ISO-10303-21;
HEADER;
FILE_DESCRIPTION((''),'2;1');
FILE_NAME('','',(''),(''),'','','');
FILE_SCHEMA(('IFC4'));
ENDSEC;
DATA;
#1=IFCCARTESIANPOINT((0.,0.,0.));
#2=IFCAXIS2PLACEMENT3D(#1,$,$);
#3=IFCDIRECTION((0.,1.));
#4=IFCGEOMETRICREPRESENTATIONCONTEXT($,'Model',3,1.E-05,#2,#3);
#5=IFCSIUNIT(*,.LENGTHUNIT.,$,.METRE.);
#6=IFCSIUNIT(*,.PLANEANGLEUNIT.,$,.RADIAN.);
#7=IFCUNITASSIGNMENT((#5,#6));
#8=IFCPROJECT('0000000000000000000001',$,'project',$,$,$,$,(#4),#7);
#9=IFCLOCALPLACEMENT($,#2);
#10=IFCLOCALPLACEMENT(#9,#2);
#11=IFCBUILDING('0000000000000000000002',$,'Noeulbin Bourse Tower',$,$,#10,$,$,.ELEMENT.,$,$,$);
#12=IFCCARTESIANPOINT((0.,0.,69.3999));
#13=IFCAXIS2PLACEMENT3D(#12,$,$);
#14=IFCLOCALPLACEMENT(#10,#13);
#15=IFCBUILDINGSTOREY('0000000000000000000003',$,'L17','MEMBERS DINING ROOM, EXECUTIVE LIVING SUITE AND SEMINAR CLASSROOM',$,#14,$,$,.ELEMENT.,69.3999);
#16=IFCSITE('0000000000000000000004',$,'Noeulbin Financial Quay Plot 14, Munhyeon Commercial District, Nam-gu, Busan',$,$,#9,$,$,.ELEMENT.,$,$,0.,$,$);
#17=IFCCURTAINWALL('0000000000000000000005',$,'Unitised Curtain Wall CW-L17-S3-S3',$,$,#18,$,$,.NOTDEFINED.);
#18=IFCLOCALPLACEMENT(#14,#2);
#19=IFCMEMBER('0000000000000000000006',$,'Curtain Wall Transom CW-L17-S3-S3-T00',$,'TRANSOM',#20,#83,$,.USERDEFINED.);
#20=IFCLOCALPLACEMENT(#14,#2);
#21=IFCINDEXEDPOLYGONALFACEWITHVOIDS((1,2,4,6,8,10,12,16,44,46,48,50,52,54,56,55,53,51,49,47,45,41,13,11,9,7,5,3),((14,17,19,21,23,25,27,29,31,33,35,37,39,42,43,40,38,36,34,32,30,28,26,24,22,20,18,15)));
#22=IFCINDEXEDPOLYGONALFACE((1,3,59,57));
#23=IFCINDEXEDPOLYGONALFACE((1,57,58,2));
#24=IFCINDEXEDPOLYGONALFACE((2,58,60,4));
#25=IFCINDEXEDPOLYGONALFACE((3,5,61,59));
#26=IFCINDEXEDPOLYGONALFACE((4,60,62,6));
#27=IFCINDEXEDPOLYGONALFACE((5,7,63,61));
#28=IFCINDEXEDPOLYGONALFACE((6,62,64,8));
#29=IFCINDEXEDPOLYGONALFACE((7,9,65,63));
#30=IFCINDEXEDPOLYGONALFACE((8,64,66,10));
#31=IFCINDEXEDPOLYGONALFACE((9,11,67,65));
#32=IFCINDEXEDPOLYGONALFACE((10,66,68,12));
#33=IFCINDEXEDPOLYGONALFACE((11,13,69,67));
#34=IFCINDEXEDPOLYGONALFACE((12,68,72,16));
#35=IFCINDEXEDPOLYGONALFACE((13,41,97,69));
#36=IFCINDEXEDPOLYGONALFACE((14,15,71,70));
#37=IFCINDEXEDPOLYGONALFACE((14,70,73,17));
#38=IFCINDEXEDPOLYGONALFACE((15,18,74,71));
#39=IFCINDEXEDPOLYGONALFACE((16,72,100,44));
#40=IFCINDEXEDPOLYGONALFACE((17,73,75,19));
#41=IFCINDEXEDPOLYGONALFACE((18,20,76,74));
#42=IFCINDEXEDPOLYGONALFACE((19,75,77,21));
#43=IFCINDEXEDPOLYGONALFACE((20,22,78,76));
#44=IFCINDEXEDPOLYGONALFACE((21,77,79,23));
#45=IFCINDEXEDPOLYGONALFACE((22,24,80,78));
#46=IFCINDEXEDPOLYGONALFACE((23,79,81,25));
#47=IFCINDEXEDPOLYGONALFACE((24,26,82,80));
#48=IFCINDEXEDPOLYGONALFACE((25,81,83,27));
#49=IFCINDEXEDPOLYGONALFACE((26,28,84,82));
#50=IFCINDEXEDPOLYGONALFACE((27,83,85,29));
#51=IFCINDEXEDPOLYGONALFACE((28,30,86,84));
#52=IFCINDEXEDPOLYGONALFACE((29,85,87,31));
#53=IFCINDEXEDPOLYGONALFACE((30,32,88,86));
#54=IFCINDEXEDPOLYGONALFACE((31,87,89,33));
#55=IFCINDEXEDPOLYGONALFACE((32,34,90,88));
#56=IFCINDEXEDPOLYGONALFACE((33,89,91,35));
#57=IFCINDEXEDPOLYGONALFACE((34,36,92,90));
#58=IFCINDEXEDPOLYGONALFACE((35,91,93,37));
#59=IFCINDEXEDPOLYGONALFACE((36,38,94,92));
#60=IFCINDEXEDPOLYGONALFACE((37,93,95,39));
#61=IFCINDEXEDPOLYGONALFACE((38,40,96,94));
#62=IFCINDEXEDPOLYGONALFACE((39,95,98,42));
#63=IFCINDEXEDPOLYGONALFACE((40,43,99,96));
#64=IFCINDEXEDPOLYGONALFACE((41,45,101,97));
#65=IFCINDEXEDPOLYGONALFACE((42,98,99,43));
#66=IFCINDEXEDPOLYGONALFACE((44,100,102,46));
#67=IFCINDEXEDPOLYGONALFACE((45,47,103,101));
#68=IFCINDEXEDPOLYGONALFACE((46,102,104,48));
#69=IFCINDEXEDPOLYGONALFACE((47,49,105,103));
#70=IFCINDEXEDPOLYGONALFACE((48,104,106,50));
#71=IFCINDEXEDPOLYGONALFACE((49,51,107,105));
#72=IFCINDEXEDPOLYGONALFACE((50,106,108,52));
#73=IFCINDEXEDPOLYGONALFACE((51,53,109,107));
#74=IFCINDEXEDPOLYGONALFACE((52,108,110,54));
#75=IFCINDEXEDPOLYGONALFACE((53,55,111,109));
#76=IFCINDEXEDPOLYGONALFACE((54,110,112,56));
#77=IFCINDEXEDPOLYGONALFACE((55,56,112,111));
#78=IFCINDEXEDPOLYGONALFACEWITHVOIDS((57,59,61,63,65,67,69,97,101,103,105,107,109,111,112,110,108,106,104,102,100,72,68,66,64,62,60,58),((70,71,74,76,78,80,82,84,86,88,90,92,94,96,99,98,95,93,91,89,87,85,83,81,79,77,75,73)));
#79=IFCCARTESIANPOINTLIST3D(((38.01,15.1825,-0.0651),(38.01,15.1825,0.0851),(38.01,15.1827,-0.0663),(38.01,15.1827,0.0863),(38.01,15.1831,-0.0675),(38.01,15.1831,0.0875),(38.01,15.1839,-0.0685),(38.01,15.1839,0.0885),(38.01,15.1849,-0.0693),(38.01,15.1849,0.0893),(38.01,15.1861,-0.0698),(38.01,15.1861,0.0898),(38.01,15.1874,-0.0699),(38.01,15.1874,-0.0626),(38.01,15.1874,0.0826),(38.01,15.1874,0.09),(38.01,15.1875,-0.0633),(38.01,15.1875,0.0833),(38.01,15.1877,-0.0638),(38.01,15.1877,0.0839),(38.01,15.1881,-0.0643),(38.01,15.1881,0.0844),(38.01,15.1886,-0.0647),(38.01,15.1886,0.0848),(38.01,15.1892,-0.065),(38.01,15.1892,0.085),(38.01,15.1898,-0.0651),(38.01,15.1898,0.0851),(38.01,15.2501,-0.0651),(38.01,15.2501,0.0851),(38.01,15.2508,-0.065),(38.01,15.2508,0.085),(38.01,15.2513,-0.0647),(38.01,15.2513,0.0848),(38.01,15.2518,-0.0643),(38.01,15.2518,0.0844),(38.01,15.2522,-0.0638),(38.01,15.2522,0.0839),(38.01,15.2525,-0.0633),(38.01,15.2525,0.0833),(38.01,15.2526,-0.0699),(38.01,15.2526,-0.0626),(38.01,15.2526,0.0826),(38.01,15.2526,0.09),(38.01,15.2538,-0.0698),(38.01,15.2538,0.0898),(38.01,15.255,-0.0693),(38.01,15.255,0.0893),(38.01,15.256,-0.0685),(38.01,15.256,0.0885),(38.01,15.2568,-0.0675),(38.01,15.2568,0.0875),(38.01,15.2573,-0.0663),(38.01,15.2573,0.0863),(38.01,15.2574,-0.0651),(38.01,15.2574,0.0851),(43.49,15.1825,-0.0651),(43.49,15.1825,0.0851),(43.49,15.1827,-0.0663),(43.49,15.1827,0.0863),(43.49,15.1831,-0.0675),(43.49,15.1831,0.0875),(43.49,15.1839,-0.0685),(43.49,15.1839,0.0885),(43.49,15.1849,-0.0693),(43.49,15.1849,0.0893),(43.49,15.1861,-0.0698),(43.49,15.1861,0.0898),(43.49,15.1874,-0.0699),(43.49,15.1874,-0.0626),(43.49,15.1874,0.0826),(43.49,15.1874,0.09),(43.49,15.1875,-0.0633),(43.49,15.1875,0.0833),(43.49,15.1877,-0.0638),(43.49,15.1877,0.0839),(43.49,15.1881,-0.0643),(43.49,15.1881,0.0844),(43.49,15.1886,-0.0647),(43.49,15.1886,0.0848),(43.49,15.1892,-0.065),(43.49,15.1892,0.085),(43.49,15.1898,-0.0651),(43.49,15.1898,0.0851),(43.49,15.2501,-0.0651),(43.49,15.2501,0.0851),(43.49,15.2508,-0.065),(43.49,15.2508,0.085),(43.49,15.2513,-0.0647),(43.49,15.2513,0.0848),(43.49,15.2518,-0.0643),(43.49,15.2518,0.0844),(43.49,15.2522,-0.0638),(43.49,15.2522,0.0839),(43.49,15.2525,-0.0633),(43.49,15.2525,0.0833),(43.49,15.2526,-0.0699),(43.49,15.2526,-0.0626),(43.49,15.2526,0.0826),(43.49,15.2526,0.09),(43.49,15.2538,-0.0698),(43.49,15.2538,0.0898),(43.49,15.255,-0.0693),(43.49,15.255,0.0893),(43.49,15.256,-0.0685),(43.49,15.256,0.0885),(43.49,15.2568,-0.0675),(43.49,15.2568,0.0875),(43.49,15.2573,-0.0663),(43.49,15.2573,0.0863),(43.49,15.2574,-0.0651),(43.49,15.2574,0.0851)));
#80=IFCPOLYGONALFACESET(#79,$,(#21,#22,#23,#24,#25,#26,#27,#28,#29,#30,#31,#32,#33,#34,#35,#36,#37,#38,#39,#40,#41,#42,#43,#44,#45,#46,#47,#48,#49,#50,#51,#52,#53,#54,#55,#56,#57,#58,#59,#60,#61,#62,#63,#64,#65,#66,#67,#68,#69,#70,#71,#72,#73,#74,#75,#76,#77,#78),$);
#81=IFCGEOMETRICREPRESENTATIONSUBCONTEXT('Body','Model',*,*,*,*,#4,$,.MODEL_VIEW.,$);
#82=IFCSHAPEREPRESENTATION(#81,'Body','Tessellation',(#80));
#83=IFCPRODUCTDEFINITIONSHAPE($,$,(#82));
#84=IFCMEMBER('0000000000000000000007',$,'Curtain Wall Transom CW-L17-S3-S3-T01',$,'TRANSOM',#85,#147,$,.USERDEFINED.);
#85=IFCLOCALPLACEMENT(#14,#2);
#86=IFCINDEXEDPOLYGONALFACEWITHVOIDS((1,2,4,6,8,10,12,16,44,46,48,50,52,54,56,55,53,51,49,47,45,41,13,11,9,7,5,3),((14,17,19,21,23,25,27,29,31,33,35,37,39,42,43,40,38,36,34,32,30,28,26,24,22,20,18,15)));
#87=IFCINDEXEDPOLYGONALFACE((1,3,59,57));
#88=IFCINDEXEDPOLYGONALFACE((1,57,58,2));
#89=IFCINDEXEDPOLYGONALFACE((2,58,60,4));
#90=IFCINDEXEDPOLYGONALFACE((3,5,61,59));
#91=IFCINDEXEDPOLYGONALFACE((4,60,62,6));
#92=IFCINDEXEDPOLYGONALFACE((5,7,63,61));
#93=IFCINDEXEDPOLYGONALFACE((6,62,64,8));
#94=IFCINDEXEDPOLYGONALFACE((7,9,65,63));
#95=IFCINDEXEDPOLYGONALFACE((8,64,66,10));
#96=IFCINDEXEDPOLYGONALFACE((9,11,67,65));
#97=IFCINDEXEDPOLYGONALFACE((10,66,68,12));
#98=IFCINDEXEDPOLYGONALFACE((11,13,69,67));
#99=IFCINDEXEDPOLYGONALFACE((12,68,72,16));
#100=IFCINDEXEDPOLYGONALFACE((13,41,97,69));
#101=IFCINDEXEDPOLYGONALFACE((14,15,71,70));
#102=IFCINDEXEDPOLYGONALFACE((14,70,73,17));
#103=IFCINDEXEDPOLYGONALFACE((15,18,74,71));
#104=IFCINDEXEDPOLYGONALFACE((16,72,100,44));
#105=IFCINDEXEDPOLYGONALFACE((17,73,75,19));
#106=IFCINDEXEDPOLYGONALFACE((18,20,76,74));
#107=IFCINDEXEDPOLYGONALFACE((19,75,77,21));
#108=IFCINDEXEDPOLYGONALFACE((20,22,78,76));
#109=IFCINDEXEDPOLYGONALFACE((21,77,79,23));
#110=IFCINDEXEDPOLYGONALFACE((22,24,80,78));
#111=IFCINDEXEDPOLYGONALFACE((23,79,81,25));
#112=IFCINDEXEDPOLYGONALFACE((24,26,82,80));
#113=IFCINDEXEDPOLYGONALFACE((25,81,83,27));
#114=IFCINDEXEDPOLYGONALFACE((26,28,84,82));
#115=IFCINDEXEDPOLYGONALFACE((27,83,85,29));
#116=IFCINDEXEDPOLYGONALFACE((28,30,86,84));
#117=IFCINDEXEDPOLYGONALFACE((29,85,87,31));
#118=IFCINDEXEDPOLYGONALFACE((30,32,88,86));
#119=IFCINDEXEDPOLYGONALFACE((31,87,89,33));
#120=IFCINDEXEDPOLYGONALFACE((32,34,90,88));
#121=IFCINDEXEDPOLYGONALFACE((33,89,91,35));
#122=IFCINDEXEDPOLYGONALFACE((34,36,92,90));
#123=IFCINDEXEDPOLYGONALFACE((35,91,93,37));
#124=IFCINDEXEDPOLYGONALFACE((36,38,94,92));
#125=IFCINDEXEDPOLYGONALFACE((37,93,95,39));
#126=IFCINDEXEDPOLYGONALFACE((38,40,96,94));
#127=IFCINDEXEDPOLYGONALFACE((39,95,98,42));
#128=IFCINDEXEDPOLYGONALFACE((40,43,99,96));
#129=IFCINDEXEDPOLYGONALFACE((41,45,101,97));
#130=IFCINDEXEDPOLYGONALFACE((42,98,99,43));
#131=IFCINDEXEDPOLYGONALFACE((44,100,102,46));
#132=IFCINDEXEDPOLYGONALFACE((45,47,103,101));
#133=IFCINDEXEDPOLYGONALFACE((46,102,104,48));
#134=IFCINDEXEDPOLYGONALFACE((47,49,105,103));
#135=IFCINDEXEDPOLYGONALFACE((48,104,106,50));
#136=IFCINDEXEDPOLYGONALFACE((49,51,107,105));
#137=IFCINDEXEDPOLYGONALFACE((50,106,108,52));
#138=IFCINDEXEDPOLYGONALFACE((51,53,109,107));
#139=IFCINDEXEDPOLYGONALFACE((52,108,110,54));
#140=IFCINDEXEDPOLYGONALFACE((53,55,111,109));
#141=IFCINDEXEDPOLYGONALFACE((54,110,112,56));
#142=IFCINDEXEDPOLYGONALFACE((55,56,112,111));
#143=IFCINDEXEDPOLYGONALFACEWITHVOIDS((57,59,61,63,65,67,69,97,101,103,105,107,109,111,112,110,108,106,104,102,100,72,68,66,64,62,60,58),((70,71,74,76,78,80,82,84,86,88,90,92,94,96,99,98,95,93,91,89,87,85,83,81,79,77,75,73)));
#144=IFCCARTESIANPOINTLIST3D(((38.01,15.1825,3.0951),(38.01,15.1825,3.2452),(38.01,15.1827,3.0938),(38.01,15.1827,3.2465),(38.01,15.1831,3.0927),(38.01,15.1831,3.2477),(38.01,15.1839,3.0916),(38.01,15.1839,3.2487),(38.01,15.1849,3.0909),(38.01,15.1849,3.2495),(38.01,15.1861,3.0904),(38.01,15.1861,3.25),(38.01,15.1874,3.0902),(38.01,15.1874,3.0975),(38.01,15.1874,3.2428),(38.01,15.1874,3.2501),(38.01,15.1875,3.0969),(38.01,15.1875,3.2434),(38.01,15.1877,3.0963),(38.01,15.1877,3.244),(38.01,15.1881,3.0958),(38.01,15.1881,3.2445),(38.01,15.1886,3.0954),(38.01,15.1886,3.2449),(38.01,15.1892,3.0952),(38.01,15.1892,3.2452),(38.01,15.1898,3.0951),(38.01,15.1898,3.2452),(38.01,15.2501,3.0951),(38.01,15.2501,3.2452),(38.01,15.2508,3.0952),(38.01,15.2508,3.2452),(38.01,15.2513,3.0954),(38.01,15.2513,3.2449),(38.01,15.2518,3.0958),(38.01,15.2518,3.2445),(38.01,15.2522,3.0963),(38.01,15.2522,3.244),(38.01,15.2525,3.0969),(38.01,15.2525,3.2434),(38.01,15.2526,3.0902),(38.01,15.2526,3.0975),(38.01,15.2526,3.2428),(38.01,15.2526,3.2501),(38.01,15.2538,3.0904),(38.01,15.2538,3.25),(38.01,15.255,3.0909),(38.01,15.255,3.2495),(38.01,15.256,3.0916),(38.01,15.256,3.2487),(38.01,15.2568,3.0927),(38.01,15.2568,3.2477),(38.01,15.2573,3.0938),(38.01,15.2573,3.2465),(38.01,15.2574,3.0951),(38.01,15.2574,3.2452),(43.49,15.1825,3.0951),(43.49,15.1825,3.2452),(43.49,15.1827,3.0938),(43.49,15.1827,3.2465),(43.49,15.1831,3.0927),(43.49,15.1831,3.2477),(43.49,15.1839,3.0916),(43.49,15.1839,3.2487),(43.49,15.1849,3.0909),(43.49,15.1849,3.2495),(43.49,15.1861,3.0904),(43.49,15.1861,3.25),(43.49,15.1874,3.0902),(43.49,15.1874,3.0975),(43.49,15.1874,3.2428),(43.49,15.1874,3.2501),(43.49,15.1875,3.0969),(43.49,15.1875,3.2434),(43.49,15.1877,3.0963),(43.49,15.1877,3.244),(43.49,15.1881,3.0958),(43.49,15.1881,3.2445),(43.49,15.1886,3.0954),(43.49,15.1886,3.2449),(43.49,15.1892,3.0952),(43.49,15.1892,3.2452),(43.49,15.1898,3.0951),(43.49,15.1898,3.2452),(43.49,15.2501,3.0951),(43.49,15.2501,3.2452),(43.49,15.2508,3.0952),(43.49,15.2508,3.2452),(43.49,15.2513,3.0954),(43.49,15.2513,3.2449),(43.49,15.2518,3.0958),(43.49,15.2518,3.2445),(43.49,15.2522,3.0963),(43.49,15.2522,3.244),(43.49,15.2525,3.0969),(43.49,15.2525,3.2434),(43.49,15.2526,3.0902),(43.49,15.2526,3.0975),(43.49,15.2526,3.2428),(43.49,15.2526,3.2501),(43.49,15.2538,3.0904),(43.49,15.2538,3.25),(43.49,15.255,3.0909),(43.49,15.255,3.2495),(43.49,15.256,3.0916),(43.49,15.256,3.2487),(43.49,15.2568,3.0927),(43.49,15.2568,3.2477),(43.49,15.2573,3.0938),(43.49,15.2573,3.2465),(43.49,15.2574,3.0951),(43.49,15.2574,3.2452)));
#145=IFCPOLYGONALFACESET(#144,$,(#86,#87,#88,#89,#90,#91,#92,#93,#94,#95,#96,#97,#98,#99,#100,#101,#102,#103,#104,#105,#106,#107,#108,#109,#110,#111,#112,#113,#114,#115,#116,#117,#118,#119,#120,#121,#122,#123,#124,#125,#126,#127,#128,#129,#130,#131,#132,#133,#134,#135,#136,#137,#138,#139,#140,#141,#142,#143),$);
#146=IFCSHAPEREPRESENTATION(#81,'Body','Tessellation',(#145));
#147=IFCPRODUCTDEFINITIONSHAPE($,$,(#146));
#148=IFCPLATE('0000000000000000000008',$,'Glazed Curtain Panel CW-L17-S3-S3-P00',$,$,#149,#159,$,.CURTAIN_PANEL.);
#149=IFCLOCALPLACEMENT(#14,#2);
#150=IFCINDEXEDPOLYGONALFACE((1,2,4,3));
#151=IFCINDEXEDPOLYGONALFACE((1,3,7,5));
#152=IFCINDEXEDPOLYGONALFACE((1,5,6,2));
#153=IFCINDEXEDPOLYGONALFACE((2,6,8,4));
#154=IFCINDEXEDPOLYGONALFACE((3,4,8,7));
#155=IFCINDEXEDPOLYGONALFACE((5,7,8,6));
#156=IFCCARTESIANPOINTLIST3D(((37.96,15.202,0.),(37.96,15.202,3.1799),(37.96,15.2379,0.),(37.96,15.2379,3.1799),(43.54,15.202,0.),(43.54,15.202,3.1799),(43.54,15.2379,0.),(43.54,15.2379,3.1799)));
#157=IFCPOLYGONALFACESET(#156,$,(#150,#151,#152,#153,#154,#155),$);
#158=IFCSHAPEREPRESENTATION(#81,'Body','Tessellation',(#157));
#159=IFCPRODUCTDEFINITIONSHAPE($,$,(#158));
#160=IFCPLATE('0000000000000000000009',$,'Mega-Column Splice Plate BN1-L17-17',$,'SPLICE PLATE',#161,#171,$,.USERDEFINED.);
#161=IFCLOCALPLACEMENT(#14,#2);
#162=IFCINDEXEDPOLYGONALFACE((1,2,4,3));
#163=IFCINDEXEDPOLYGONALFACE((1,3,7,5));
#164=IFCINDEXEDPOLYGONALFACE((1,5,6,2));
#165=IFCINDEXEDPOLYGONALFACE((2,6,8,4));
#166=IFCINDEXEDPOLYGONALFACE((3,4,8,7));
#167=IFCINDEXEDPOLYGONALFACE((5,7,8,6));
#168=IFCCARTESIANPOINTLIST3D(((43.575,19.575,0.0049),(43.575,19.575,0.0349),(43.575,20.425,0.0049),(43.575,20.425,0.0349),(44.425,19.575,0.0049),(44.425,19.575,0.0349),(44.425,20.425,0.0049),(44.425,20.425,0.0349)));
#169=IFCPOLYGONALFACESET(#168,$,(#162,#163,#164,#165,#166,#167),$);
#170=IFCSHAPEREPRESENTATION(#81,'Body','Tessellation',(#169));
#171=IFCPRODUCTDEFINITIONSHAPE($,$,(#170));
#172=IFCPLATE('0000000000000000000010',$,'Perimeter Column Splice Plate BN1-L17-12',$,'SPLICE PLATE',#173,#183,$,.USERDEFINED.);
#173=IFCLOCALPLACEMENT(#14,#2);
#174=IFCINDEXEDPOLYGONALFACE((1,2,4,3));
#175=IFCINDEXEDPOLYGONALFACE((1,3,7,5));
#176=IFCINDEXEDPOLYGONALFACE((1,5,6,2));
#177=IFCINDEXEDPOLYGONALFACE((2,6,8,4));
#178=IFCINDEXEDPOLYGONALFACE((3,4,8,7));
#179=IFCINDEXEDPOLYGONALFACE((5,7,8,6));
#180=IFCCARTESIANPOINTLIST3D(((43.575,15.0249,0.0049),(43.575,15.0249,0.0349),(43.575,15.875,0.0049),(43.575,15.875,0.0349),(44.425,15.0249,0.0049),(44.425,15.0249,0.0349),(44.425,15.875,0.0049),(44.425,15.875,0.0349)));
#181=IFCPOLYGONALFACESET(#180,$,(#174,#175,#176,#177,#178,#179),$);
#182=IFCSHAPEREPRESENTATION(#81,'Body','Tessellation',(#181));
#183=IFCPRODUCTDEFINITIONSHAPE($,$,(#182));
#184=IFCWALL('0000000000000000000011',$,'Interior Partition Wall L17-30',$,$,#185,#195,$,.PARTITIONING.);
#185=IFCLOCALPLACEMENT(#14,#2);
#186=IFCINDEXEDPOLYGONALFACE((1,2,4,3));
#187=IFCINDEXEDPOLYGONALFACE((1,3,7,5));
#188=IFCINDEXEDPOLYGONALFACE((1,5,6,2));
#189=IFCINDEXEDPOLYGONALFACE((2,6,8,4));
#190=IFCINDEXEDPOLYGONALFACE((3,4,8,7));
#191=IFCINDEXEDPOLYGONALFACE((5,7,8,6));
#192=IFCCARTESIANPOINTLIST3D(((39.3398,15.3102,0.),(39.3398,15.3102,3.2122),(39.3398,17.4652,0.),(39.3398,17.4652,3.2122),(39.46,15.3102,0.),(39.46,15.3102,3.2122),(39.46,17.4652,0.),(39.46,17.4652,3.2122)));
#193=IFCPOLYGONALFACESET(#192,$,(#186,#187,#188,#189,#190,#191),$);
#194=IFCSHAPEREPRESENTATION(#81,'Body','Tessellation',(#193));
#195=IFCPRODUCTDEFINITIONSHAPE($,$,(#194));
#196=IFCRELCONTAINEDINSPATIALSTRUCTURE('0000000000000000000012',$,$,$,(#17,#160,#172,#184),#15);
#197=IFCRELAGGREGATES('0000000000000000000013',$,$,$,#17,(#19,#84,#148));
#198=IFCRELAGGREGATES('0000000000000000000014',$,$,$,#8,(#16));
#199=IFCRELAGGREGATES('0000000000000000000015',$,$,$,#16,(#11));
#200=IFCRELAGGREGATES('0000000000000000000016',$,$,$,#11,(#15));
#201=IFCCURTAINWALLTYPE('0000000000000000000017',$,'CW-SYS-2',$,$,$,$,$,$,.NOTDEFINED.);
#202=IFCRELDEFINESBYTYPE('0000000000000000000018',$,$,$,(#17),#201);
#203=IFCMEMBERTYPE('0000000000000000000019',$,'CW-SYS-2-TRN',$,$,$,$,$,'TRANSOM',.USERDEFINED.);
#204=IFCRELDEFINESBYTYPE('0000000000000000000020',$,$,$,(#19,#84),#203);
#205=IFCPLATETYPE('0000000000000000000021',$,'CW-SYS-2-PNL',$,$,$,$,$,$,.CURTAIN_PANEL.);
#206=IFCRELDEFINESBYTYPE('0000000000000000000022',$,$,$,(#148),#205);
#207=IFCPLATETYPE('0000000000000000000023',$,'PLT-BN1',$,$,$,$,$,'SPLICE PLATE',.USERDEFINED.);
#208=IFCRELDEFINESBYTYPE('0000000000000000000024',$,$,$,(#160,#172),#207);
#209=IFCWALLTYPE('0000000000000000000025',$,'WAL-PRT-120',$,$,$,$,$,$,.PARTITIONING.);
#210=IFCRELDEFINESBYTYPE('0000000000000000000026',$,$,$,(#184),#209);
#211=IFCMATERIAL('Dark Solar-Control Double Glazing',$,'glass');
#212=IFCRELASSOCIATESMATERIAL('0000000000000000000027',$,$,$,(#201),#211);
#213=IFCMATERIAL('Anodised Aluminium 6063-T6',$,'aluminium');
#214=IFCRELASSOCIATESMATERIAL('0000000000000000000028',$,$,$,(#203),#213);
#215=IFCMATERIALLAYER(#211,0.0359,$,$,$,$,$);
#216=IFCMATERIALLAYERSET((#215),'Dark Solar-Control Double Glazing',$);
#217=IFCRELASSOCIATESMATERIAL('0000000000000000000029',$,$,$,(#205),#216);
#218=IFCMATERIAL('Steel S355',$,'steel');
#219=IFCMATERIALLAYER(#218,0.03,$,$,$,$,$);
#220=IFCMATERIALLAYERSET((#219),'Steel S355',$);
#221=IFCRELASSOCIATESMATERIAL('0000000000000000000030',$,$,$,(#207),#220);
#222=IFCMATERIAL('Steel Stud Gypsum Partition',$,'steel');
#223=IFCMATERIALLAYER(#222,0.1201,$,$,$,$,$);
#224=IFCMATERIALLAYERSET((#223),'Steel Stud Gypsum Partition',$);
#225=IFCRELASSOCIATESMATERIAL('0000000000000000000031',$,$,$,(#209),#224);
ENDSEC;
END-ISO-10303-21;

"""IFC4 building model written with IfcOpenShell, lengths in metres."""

from ifc_helpers import new_model, si_unit, direction, frame, frame_2d, origin, origin_2d, place, context, subcontext, project, spatial, rectangle, hollow_rectangle, extrude, material, layer, layer_set, material_profile, profile_set, type_object, element, aggregate, save


model = new_model("IFC4")

# Units and contexts
model_context = context("Model", 3, precision=1e-05, world=origin(), true_north=direction((0.0, 1.0)))
body_context = subcontext(model_context, "Body", "Model", "MODEL_VIEW")
ifc_project = project(units=[si_unit("LENGTHUNIT", "METRE"), si_unit("PLANEANGLEUNIT", "RADIAN")], contexts=[model_context])

# Site, building, storey
site_placement = place(None, origin())
site = spatial("IfcSite", under=ifc_project, at=site_placement, Name="Noeulbin Financial Quay Plot 14, Munhyeon Commercial District, Nam-gu, Busan", CompositionType="ELEMENT", RefElevation=0.0)
building_placement = place(site_placement, origin())
building = spatial("IfcBuilding", under=site, at=building_placement, Name="Noeulbin Bourse Tower", CompositionType="ELEMENT")
storey_placement = place(building_placement, frame((0.0, 0.0, 69.3999)))
storey = spatial("IfcBuildingStorey", under=building, at=storey_placement, Name="L17", Description="MEMBERS DINING ROOM, EXECUTIVE LIVING SUITE AND SEMINAR CLASSROOM", CompositionType="ELEMENT", Elevation=69.3999)

# Shared definitions
ifc_material_1 = material(Name="Steel S355", Category="steel")

# Curtain wall
ifc_material_2 = material(Name="Dark Solar-Control Double Glazing", Category="glass")
curtain_wall_type = type_object("IfcCurtainWallType", Name="CW-SYS-2", PredefinedType="NOTDEFINED", material=ifc_material_2)
curtain_wall_1_placement = place(storey_placement, origin())
curtain_wall_1 = element("IfcCurtainWall", 1, at=curtain_wall_1_placement, inside=storey, type_object=curtain_wall_type, Name="Unitised Curtain Wall CW-L17-S3-S3", PredefinedType="NOTDEFINED")
ifc_material_3 = material(Name="Anodised Aluminium 6063-T6", Category="aluminium")

# Members
ifc_material_profile_1 = material_profile(ifc_material_3, hollow_rectangle(XDim=0.075, YDim=0.1599, WallThickness=0.0049, InnerFilletRadius=0.0024, OuterFilletRadius=0.0049, at=origin_2d()), Name="ALU-TRAN-75x160x5", Category="LoadBearing")
ifc_profile_set_1 = profile_set([ifc_material_profile_1], Name="Anodised Aluminium 6063-T6")
member_type_1 = type_object("IfcMemberType", Name="CW-SYS-2-TRN", ElementType="TRANSOM", PredefinedType="USERDEFINED", material=ifc_profile_set_1)
member_1_placement = place(storey_placement, frame((38.01, 15.22, 0.01), z_axis=(1.0, 0.0, 0.0), x_axis=(0.0, 1.0, 0.0)))
member_1 = element("IfcMember", 2, at=member_1_placement, type_object=member_type_1, Name="Curtain Wall Transom CW-L17-S3-S3-T00", ObjectType="TRANSOM", PredefinedType="USERDEFINED", context=body_context, shape_type="SweptSolid", body=[
    extrude(hollow_rectangle(XDim=0.075, YDim=0.1599, WallThickness=0.0049, InnerFilletRadius=0.0024, OuterFilletRadius=0.0049, at=origin_2d()), origin(), (0.0, 0.0, 1.0), 5.48),
])
member_2_placement = place(storey_placement, frame((38.01, 15.22, 3.1702), z_axis=(1.0, 0.0, 0.0), x_axis=(0.0, 1.0, 0.0)))
member_2 = element("IfcMember", 3, at=member_2_placement, type_object=member_type_1, Name="Curtain Wall Transom CW-L17-S3-S3-T01", ObjectType="TRANSOM", PredefinedType="USERDEFINED", context=body_context, shape_type="SweptSolid", body=[
    extrude(hollow_rectangle(XDim=0.075, YDim=0.1599, WallThickness=0.0049, InnerFilletRadius=0.0024, OuterFilletRadius=0.0049, at=origin_2d()), origin(), (0.0, 0.0, 1.0), 5.48),
])

# Plate
ifc_layer_1 = layer(ifc_material_2, 0.0359)
ifc_layer_set_1 = layer_set([ifc_layer_1], Name="Dark Solar-Control Double Glazing")
plate_type_1 = type_object("IfcPlateType", Name="CW-SYS-2-PNL", PredefinedType="CURTAIN_PANEL", material=ifc_layer_set_1)
plate_placement = place(storey_placement, frame((40.75, 15.22, 0.0), z_axis=(0.0, 0.0, 1.0), x_axis=(1.0, 0.0, 0.0)))
plate = element("IfcPlate", 4, at=plate_placement, type_object=plate_type_1, Name="Glazed Curtain Panel CW-L17-S3-S3-P00", PredefinedType="CURTAIN_PANEL", context=body_context, shape_type="SweptSolid", body=[
    extrude(rectangle(XDim=5.5801, YDim=0.0359, at=origin_2d()), origin(), (0.0, 0.0, 1.0), 3.1799),
])
aggregate(curtain_wall_1, [member_1, member_2, plate])

# Plates
ifc_layer_2 = layer(ifc_material_1, 0.03)
ifc_layer_set_2 = layer_set([ifc_layer_2], Name="Steel S355")
plate_type_2 = type_object("IfcPlateType", Name="PLT-BN1", ElementType="SPLICE PLATE", PredefinedType="USERDEFINED", material=ifc_layer_set_2)
for number, where, z_axis, x_axis, name in (
    (5, (44.0, 20.0, 0.0049), (0.0, 0.0, 1.0), (1.0, 0.0, 0.0), "Mega-Column Splice Plate BN1-L17-17"),
    (6, (44.0, 15.45, 0.0049), (0.0, 0.0, 1.0), (1.0, 0.0, 0.0), "Perimeter Column Splice Plate BN1-L17-12"),
):
    element("IfcPlate", number, at=place(storey_placement, frame(where, z_axis=z_axis, x_axis=x_axis)), inside=storey, type_object=plate_type_2, Name=name, ObjectType="SPLICE PLATE", PredefinedType="USERDEFINED", context=body_context, shape_type="SweptSolid", body=[
        extrude(rectangle(XDim=0.8501, YDim=0.8501, at=origin_2d()), origin(), (0.0, 0.0, 1.0), 0.03),
    ])

# Wall
ifc_material_4 = material(Name="Steel Stud Gypsum Partition", Category="steel")
ifc_layer_3 = layer(ifc_material_4, 0.1201)
ifc_layer_set_3 = layer_set([ifc_layer_3], Name="Steel Stud Gypsum Partition")
wall_type = type_object("IfcWallType", Name="WAL-PRT-120", PredefinedType="PARTITIONING", material=ifc_layer_set_3)
wall_placement = place(storey_placement, frame((39.3999, 15.3101, 0.0), z_axis=(0.0, 0.0, 1.0), x_axis=(0.0, 1.0, 0.0)))
element("IfcWall", 7, at=wall_placement, inside=storey, type_object=wall_type, Name="Interior Partition Wall L17-30", PredefinedType="PARTITIONING", context=body_context, shape_type="SweptSolid", body=[
    extrude(rectangle(XDim=2.155, YDim=0.1201, at=frame_2d((1.0776, 0.0))), origin(), (0.0, 0.0, 1.0), 3.2122),
])

save(model, "model.ifc")
